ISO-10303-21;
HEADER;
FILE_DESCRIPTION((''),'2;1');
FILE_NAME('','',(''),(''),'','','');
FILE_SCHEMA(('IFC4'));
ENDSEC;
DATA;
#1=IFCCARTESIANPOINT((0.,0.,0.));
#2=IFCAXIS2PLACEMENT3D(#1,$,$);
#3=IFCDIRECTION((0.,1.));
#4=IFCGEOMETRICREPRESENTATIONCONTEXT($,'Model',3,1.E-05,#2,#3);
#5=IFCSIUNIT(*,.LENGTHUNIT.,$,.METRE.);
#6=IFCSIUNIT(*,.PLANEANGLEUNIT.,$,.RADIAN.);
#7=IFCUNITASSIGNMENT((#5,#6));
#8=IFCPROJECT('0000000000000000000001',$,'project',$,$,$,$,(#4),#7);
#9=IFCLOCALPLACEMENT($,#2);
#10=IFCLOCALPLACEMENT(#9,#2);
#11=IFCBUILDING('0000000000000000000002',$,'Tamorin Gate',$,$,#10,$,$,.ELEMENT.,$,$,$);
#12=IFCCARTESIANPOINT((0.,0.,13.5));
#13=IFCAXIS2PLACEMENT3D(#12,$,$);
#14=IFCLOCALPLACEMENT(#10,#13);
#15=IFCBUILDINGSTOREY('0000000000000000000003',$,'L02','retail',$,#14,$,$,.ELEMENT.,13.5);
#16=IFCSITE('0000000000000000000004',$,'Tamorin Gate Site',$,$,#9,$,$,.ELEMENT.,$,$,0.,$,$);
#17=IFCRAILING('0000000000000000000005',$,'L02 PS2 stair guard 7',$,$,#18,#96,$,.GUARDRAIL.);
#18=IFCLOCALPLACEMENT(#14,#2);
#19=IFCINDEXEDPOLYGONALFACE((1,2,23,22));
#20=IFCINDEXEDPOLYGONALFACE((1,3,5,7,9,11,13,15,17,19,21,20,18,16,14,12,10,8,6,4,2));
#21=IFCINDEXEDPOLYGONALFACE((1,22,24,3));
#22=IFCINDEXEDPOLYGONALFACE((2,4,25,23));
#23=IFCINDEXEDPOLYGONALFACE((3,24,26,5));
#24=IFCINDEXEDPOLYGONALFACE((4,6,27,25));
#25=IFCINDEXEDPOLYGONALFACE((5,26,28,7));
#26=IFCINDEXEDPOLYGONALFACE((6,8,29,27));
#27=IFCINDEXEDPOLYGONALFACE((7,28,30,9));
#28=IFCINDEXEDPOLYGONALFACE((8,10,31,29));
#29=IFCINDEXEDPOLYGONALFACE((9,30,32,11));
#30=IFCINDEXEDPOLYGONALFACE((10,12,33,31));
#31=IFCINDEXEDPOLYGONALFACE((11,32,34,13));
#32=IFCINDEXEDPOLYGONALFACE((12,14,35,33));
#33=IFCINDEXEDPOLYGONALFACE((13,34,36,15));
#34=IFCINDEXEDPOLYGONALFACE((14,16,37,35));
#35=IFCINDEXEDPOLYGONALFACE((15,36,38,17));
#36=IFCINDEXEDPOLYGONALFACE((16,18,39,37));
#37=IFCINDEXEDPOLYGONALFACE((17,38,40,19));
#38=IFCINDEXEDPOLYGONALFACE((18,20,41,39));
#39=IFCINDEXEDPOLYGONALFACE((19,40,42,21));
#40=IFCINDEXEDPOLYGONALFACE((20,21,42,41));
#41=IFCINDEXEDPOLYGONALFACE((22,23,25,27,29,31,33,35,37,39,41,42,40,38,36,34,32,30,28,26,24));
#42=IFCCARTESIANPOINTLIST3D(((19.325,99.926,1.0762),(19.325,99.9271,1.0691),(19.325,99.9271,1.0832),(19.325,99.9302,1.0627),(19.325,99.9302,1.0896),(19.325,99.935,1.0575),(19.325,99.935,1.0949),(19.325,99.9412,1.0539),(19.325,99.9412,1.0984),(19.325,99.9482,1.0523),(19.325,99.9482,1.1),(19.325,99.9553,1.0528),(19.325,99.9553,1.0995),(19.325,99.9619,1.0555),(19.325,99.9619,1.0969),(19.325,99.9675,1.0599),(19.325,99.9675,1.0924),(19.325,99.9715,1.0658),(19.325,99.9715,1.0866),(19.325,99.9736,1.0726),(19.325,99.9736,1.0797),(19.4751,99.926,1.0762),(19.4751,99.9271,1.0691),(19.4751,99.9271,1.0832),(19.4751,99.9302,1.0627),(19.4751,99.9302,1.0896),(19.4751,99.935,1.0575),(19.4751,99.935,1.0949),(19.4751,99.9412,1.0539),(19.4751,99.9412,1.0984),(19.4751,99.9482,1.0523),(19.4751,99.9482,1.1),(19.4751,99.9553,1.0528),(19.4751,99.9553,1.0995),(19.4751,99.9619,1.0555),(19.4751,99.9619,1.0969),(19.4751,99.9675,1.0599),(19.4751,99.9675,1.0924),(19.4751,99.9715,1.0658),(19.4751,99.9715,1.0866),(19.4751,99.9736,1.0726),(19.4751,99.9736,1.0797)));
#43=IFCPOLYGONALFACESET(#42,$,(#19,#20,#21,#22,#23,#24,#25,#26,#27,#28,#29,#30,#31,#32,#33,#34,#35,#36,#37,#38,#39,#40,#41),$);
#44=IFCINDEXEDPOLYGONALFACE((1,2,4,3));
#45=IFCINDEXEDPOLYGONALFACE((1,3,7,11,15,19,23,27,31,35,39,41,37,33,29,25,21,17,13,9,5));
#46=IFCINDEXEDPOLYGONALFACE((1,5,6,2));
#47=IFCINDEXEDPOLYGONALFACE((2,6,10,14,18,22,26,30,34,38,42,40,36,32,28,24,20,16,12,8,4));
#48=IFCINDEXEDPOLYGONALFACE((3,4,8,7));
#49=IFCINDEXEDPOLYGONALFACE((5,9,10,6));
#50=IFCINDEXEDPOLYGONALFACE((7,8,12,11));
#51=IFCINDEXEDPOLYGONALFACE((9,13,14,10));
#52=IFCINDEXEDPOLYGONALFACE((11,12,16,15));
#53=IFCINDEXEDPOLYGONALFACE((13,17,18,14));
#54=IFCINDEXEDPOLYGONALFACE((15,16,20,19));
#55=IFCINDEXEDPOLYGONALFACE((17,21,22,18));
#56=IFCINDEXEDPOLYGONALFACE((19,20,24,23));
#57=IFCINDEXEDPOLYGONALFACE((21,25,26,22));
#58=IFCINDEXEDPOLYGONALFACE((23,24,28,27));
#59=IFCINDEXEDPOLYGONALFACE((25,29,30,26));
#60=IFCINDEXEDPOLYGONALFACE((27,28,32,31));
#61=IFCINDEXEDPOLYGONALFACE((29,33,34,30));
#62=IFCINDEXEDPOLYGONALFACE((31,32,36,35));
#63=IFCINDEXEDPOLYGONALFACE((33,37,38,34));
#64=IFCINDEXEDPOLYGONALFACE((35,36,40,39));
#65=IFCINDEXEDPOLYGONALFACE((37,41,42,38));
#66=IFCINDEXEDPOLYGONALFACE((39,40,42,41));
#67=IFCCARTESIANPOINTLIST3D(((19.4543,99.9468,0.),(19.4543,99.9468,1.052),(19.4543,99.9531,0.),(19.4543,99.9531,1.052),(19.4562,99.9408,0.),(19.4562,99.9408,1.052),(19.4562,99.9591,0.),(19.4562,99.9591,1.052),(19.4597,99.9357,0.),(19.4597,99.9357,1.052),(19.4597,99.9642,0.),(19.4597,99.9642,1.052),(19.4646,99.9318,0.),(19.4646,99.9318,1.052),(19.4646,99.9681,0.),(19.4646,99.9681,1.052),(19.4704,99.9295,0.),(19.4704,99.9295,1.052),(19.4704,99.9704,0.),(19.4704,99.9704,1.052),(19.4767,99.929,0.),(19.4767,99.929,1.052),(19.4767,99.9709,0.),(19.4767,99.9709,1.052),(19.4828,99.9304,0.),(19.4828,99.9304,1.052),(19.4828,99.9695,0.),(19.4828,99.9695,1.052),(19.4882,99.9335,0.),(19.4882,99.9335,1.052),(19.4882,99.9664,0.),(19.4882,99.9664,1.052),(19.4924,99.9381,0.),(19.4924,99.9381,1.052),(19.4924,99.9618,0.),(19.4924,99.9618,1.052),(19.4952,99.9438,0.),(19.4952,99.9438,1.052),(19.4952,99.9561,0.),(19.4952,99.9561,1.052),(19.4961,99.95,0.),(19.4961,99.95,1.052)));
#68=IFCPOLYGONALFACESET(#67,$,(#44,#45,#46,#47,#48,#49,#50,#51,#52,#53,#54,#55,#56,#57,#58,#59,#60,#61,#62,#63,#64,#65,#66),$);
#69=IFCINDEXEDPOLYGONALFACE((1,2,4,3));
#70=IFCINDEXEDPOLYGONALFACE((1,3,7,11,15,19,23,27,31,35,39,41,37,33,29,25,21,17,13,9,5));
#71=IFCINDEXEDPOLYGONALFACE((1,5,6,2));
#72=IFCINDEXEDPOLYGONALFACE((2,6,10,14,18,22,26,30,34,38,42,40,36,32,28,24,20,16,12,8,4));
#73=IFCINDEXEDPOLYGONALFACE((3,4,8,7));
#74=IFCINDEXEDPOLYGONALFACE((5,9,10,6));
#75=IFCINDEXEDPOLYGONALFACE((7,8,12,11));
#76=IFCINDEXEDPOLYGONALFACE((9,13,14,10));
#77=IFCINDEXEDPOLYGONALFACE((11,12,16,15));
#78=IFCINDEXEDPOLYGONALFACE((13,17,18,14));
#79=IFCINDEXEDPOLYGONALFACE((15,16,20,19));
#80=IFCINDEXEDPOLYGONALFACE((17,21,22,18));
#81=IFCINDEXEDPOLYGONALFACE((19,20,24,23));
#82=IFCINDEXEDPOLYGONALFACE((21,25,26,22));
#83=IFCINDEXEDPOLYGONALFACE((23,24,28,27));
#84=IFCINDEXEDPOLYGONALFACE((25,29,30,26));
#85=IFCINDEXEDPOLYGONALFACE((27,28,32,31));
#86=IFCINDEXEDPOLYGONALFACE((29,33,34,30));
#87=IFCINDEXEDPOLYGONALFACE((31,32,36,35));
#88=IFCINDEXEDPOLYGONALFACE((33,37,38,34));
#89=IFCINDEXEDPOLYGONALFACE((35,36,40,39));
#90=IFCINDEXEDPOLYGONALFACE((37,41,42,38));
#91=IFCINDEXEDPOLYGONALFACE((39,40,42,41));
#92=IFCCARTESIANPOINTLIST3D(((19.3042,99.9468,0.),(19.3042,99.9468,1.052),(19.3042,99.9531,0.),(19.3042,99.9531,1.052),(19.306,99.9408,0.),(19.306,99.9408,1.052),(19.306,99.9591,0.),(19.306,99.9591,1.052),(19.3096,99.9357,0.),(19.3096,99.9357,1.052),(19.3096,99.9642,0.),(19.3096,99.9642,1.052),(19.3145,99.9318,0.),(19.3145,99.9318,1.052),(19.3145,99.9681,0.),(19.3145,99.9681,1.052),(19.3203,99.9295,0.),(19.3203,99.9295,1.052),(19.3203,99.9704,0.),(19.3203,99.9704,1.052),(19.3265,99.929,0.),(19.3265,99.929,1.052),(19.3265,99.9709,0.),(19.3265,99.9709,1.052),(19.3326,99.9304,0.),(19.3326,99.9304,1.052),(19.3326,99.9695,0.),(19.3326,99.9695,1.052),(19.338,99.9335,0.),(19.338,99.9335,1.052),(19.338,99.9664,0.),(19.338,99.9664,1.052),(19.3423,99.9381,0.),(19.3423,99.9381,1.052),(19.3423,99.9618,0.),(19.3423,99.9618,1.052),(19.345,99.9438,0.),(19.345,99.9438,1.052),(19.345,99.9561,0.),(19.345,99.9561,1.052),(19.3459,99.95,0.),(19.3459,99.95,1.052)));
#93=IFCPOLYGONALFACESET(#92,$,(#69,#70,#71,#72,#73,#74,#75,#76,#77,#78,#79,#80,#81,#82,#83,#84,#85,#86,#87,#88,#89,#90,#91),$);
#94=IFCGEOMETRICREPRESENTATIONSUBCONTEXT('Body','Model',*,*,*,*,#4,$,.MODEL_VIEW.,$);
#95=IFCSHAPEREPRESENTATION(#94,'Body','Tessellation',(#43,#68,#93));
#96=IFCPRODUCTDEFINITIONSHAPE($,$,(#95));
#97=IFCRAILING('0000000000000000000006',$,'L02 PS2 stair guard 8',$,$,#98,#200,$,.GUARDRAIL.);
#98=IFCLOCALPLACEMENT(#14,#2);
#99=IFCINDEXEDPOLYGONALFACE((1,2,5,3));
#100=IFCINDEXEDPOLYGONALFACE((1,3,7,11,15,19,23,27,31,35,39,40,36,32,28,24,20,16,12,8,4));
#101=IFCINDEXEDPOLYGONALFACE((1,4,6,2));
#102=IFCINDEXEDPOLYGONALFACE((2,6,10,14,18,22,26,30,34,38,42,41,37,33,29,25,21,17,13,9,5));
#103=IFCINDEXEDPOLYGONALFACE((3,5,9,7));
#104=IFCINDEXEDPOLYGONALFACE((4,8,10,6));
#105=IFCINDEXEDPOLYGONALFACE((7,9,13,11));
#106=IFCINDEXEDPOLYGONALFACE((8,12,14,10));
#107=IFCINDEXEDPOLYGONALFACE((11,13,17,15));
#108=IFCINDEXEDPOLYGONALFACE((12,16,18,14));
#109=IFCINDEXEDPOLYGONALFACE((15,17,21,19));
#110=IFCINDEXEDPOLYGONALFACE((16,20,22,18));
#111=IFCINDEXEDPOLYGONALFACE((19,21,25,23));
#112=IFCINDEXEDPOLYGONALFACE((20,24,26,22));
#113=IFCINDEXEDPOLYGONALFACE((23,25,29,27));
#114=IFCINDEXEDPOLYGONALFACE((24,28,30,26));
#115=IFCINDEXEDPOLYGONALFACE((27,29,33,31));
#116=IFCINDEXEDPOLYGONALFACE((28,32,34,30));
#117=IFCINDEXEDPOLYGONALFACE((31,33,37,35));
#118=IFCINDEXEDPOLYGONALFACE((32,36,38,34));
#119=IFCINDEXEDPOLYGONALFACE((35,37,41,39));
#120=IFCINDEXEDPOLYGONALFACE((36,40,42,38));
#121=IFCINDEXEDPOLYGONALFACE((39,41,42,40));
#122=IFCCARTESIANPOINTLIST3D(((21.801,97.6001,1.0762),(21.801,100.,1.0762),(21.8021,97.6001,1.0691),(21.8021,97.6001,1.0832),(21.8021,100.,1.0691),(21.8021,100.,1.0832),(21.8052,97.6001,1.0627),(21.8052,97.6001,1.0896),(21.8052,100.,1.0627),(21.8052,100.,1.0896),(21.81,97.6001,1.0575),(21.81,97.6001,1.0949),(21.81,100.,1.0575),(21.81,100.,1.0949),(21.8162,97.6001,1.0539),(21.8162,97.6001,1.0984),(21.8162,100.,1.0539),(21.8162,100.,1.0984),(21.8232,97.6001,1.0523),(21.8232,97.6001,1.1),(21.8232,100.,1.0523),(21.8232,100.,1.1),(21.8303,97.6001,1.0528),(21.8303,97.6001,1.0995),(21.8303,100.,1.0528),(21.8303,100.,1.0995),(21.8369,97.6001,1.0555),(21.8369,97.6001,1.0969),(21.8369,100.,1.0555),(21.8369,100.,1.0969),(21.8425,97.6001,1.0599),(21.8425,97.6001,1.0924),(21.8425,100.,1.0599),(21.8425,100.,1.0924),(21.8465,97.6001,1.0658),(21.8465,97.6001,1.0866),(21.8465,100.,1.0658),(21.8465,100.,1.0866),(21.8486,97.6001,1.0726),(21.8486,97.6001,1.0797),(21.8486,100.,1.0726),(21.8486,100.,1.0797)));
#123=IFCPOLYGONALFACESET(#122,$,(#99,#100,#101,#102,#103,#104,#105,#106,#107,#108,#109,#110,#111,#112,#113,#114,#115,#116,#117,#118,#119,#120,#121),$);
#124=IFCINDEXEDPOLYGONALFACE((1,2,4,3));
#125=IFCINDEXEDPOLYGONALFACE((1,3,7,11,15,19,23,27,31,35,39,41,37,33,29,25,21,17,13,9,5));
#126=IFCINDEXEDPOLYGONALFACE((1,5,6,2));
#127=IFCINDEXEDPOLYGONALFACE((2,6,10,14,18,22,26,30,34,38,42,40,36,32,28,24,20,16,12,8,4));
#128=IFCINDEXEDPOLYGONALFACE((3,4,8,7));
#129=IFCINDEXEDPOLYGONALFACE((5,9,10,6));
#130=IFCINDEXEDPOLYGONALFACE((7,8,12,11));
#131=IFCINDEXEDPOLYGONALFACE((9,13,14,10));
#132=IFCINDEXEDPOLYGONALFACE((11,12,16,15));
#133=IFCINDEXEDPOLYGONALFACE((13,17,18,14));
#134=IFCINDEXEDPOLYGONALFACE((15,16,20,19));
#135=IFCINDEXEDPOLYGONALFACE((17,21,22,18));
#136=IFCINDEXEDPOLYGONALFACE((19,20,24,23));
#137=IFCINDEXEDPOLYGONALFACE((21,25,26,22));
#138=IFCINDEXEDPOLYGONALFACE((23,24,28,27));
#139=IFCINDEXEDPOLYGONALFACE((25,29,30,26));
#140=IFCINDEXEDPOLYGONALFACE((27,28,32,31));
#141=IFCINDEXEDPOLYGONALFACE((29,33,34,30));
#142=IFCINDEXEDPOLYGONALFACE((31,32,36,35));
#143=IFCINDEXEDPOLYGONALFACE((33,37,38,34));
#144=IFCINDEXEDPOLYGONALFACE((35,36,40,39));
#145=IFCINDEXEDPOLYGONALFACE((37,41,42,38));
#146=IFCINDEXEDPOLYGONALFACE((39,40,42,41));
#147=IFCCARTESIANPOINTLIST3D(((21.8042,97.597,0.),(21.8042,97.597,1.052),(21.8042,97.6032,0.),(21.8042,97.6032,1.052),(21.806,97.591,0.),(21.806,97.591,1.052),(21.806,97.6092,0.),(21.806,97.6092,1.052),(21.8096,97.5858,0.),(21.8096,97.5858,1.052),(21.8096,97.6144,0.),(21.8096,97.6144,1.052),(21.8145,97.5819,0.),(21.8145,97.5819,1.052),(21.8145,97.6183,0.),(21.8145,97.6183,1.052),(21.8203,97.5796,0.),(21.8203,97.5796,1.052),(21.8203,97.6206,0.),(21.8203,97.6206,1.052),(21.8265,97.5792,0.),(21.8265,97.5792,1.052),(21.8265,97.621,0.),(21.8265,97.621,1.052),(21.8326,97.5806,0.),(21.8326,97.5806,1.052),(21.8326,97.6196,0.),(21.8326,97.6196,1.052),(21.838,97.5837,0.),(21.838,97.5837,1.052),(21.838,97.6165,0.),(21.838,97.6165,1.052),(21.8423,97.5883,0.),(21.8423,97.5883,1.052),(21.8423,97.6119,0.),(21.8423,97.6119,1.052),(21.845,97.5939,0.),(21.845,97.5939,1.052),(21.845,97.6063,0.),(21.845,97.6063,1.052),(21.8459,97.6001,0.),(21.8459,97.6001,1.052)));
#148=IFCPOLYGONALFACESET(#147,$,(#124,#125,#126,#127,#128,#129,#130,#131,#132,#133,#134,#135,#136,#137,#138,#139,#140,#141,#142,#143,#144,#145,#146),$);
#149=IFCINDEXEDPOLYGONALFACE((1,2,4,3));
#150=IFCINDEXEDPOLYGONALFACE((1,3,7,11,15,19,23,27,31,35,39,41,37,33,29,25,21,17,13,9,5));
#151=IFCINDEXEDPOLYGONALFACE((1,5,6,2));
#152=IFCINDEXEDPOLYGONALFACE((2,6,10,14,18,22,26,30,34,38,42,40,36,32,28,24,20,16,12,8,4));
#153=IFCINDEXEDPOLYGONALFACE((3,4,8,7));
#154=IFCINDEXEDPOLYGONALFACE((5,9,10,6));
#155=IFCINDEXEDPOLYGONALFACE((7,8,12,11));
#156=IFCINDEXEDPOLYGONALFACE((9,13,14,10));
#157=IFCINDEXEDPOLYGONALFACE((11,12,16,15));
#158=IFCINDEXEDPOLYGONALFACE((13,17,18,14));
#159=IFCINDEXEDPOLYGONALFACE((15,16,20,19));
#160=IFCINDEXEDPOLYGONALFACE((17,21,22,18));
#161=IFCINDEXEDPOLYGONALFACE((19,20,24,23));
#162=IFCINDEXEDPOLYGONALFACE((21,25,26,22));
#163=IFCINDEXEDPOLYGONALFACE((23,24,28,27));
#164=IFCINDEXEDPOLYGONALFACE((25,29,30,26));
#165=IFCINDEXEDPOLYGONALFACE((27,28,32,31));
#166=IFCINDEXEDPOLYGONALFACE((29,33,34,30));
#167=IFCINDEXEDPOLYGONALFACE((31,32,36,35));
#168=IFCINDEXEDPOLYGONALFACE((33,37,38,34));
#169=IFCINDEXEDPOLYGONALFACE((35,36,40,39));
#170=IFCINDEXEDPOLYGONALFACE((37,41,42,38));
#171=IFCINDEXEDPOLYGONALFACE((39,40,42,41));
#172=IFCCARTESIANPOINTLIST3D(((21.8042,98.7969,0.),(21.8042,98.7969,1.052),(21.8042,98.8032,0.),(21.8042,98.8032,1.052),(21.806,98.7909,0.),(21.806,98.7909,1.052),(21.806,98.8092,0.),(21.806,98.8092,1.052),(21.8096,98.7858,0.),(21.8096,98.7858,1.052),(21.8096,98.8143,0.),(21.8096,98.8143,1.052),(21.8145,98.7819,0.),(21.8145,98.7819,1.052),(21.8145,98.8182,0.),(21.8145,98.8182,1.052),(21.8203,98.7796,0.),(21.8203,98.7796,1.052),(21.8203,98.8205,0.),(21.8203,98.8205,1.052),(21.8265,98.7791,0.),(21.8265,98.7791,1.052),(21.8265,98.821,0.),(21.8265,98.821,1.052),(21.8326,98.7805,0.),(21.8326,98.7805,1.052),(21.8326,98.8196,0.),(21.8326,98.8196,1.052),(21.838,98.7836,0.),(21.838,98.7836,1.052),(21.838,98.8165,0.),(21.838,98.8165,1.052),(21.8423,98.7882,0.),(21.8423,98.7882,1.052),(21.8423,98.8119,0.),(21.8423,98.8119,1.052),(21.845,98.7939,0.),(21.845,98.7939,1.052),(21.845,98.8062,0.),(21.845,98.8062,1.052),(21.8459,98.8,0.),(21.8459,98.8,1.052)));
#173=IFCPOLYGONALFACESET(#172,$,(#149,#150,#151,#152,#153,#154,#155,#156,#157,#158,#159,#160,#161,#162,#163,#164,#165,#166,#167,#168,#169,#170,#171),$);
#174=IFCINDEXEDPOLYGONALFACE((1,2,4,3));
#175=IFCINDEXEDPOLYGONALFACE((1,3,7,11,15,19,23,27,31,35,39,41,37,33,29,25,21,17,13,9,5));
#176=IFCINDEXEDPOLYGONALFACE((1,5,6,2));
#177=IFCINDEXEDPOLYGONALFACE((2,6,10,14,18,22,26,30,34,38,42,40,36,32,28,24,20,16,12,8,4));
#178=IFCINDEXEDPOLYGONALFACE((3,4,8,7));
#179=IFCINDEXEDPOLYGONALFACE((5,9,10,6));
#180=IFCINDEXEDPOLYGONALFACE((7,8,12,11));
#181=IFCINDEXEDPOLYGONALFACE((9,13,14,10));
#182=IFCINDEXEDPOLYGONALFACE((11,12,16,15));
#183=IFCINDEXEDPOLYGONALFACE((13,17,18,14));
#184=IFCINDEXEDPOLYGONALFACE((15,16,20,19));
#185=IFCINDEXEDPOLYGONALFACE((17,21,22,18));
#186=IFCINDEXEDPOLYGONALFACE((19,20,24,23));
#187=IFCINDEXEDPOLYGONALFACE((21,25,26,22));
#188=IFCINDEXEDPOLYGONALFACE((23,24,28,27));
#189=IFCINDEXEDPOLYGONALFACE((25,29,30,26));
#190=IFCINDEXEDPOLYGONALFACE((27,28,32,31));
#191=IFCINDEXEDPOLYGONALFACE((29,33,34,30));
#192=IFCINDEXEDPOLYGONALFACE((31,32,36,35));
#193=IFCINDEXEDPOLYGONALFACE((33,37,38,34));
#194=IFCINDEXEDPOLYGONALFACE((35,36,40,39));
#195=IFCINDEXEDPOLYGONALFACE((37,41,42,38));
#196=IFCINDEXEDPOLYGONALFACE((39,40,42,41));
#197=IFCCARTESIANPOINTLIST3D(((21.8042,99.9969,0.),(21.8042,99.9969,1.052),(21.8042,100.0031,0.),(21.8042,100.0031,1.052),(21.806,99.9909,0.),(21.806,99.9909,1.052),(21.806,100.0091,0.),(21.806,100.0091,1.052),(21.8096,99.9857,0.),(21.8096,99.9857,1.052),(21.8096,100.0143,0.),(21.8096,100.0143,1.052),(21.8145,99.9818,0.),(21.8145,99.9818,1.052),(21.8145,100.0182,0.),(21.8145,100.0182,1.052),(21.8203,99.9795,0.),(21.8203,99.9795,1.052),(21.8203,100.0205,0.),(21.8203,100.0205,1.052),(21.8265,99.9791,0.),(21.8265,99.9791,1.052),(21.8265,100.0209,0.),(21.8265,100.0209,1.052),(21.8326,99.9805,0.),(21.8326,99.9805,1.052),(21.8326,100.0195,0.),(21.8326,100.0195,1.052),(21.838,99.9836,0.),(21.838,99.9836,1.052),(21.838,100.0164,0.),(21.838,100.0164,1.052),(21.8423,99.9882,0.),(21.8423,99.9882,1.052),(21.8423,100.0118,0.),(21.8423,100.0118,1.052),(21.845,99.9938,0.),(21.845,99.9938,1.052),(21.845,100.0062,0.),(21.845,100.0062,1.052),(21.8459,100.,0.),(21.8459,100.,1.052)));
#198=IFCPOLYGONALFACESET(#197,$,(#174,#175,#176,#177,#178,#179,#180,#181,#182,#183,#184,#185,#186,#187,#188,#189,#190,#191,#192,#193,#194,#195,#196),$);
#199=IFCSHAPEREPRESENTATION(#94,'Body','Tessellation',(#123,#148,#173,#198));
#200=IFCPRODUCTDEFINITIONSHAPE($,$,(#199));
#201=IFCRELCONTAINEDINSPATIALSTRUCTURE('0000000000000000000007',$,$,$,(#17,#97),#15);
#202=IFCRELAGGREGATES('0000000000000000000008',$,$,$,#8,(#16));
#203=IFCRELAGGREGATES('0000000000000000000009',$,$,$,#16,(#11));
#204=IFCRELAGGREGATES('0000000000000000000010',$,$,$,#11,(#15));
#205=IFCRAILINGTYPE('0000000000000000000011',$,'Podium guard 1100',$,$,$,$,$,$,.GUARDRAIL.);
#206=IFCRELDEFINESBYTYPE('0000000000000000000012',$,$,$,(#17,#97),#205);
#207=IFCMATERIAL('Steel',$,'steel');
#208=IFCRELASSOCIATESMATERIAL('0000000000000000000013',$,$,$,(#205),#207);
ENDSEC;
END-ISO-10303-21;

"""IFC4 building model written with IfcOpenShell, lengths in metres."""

from ifc_helpers import new_model, si_unit, direction, frame, origin, origin_2d, place, context, subcontext, project, spatial, circle, extrude, material, type_object, element, save


model = new_model("IFC4")

# Units and contexts
model_context = context("Model", 3, precision=1e-05, world=origin(), true_north=direction((0.0, 1.0)))
body_context = subcontext(model_context, "Body", "Model", "MODEL_VIEW")
ifc_project = project(units=[si_unit("LENGTHUNIT", "METRE"), si_unit("PLANEANGLEUNIT", "RADIAN")], contexts=[model_context])

# Site, building, storey
site_placement = place(None, origin())
site = spatial("IfcSite", under=ifc_project, at=site_placement, Name="Tamorin Gate Site", CompositionType="ELEMENT", RefElevation=0.0)
building_placement = place(site_placement, origin())
building = spatial("IfcBuilding", under=site, at=building_placement, Name="Tamorin Gate", CompositionType="ELEMENT")
storey_placement = place(building_placement, frame((0.0, 0.0, 13.5)))
storey = spatial("IfcBuildingStorey", under=building, at=storey_placement, Name="L02", Description="retail", CompositionType="ELEMENT", Elevation=13.5)

# Railings
ifc_material_1 = material(Name="Steel", Category="steel")
railing_type_1 = type_object("IfcRailingType", Name="Podium guard 1100", PredefinedType="GUARDRAIL", material=ifc_material_1)
railing_1_placement = place(storey_placement, frame((19.4751, 99.95, 0.0)))
element("IfcRailing", 1, at=railing_1_placement, inside=storey, type_object=railing_type_1, Name="L02 PS2 stair guard 7", PredefinedType="GUARDRAIL", context=body_context, shape_type="SweptSolid", body=[
    extrude(circle(Radius=0.0239, at=origin_2d()), frame((0.0, 0.0, 1.0762), z_axis=(-1.0, 0.0, 0.0), x_axis=(0.0, -1.0, 0.0)), (0.0, 0.0, 1.0), 0.1501),
    extrude(circle(Radius=0.021, at=origin_2d()), origin(), (0.0, 0.0, 1.0), 1.052),
    extrude(circle(Radius=0.021, at=origin_2d()), frame((-0.1501, 0.0, 0.0)), (0.0, 0.0, 1.0), 1.052),
])
for number, where, name in (
    (2, (21.825, 97.6001, 0.0), "L02 PS2 stair guard 8"),
):
    element("IfcRailing", number, at=place(storey_placement, frame(where)), inside=storey, type_object=railing_type_1, Name=name, PredefinedType="GUARDRAIL", context=body_context, shape_type="SweptSolid", body=[
        extrude(circle(Radius=0.0239, at=origin_2d()), frame((0.0, 0.0, 1.0762), z_axis=(0.0, 1.0, 0.0), x_axis=(-1.0, 0.0, 0.0)), (0.0, 0.0, 1.0), 2.3999),
        extrude(circle(Radius=0.021, at=origin_2d()), origin(), (0.0, 0.0, 1.0), 1.052),
        extrude(circle(Radius=0.021, at=origin_2d()), frame((0.0, 1.2, 0.0)), (0.0, 0.0, 1.0), 1.052),
        extrude(circle(Radius=0.021, at=origin_2d()), frame((0.0, 2.3999, 0.0)), (0.0, 0.0, 1.0), 1.052),
    ])

save(model, "model.ifc")
